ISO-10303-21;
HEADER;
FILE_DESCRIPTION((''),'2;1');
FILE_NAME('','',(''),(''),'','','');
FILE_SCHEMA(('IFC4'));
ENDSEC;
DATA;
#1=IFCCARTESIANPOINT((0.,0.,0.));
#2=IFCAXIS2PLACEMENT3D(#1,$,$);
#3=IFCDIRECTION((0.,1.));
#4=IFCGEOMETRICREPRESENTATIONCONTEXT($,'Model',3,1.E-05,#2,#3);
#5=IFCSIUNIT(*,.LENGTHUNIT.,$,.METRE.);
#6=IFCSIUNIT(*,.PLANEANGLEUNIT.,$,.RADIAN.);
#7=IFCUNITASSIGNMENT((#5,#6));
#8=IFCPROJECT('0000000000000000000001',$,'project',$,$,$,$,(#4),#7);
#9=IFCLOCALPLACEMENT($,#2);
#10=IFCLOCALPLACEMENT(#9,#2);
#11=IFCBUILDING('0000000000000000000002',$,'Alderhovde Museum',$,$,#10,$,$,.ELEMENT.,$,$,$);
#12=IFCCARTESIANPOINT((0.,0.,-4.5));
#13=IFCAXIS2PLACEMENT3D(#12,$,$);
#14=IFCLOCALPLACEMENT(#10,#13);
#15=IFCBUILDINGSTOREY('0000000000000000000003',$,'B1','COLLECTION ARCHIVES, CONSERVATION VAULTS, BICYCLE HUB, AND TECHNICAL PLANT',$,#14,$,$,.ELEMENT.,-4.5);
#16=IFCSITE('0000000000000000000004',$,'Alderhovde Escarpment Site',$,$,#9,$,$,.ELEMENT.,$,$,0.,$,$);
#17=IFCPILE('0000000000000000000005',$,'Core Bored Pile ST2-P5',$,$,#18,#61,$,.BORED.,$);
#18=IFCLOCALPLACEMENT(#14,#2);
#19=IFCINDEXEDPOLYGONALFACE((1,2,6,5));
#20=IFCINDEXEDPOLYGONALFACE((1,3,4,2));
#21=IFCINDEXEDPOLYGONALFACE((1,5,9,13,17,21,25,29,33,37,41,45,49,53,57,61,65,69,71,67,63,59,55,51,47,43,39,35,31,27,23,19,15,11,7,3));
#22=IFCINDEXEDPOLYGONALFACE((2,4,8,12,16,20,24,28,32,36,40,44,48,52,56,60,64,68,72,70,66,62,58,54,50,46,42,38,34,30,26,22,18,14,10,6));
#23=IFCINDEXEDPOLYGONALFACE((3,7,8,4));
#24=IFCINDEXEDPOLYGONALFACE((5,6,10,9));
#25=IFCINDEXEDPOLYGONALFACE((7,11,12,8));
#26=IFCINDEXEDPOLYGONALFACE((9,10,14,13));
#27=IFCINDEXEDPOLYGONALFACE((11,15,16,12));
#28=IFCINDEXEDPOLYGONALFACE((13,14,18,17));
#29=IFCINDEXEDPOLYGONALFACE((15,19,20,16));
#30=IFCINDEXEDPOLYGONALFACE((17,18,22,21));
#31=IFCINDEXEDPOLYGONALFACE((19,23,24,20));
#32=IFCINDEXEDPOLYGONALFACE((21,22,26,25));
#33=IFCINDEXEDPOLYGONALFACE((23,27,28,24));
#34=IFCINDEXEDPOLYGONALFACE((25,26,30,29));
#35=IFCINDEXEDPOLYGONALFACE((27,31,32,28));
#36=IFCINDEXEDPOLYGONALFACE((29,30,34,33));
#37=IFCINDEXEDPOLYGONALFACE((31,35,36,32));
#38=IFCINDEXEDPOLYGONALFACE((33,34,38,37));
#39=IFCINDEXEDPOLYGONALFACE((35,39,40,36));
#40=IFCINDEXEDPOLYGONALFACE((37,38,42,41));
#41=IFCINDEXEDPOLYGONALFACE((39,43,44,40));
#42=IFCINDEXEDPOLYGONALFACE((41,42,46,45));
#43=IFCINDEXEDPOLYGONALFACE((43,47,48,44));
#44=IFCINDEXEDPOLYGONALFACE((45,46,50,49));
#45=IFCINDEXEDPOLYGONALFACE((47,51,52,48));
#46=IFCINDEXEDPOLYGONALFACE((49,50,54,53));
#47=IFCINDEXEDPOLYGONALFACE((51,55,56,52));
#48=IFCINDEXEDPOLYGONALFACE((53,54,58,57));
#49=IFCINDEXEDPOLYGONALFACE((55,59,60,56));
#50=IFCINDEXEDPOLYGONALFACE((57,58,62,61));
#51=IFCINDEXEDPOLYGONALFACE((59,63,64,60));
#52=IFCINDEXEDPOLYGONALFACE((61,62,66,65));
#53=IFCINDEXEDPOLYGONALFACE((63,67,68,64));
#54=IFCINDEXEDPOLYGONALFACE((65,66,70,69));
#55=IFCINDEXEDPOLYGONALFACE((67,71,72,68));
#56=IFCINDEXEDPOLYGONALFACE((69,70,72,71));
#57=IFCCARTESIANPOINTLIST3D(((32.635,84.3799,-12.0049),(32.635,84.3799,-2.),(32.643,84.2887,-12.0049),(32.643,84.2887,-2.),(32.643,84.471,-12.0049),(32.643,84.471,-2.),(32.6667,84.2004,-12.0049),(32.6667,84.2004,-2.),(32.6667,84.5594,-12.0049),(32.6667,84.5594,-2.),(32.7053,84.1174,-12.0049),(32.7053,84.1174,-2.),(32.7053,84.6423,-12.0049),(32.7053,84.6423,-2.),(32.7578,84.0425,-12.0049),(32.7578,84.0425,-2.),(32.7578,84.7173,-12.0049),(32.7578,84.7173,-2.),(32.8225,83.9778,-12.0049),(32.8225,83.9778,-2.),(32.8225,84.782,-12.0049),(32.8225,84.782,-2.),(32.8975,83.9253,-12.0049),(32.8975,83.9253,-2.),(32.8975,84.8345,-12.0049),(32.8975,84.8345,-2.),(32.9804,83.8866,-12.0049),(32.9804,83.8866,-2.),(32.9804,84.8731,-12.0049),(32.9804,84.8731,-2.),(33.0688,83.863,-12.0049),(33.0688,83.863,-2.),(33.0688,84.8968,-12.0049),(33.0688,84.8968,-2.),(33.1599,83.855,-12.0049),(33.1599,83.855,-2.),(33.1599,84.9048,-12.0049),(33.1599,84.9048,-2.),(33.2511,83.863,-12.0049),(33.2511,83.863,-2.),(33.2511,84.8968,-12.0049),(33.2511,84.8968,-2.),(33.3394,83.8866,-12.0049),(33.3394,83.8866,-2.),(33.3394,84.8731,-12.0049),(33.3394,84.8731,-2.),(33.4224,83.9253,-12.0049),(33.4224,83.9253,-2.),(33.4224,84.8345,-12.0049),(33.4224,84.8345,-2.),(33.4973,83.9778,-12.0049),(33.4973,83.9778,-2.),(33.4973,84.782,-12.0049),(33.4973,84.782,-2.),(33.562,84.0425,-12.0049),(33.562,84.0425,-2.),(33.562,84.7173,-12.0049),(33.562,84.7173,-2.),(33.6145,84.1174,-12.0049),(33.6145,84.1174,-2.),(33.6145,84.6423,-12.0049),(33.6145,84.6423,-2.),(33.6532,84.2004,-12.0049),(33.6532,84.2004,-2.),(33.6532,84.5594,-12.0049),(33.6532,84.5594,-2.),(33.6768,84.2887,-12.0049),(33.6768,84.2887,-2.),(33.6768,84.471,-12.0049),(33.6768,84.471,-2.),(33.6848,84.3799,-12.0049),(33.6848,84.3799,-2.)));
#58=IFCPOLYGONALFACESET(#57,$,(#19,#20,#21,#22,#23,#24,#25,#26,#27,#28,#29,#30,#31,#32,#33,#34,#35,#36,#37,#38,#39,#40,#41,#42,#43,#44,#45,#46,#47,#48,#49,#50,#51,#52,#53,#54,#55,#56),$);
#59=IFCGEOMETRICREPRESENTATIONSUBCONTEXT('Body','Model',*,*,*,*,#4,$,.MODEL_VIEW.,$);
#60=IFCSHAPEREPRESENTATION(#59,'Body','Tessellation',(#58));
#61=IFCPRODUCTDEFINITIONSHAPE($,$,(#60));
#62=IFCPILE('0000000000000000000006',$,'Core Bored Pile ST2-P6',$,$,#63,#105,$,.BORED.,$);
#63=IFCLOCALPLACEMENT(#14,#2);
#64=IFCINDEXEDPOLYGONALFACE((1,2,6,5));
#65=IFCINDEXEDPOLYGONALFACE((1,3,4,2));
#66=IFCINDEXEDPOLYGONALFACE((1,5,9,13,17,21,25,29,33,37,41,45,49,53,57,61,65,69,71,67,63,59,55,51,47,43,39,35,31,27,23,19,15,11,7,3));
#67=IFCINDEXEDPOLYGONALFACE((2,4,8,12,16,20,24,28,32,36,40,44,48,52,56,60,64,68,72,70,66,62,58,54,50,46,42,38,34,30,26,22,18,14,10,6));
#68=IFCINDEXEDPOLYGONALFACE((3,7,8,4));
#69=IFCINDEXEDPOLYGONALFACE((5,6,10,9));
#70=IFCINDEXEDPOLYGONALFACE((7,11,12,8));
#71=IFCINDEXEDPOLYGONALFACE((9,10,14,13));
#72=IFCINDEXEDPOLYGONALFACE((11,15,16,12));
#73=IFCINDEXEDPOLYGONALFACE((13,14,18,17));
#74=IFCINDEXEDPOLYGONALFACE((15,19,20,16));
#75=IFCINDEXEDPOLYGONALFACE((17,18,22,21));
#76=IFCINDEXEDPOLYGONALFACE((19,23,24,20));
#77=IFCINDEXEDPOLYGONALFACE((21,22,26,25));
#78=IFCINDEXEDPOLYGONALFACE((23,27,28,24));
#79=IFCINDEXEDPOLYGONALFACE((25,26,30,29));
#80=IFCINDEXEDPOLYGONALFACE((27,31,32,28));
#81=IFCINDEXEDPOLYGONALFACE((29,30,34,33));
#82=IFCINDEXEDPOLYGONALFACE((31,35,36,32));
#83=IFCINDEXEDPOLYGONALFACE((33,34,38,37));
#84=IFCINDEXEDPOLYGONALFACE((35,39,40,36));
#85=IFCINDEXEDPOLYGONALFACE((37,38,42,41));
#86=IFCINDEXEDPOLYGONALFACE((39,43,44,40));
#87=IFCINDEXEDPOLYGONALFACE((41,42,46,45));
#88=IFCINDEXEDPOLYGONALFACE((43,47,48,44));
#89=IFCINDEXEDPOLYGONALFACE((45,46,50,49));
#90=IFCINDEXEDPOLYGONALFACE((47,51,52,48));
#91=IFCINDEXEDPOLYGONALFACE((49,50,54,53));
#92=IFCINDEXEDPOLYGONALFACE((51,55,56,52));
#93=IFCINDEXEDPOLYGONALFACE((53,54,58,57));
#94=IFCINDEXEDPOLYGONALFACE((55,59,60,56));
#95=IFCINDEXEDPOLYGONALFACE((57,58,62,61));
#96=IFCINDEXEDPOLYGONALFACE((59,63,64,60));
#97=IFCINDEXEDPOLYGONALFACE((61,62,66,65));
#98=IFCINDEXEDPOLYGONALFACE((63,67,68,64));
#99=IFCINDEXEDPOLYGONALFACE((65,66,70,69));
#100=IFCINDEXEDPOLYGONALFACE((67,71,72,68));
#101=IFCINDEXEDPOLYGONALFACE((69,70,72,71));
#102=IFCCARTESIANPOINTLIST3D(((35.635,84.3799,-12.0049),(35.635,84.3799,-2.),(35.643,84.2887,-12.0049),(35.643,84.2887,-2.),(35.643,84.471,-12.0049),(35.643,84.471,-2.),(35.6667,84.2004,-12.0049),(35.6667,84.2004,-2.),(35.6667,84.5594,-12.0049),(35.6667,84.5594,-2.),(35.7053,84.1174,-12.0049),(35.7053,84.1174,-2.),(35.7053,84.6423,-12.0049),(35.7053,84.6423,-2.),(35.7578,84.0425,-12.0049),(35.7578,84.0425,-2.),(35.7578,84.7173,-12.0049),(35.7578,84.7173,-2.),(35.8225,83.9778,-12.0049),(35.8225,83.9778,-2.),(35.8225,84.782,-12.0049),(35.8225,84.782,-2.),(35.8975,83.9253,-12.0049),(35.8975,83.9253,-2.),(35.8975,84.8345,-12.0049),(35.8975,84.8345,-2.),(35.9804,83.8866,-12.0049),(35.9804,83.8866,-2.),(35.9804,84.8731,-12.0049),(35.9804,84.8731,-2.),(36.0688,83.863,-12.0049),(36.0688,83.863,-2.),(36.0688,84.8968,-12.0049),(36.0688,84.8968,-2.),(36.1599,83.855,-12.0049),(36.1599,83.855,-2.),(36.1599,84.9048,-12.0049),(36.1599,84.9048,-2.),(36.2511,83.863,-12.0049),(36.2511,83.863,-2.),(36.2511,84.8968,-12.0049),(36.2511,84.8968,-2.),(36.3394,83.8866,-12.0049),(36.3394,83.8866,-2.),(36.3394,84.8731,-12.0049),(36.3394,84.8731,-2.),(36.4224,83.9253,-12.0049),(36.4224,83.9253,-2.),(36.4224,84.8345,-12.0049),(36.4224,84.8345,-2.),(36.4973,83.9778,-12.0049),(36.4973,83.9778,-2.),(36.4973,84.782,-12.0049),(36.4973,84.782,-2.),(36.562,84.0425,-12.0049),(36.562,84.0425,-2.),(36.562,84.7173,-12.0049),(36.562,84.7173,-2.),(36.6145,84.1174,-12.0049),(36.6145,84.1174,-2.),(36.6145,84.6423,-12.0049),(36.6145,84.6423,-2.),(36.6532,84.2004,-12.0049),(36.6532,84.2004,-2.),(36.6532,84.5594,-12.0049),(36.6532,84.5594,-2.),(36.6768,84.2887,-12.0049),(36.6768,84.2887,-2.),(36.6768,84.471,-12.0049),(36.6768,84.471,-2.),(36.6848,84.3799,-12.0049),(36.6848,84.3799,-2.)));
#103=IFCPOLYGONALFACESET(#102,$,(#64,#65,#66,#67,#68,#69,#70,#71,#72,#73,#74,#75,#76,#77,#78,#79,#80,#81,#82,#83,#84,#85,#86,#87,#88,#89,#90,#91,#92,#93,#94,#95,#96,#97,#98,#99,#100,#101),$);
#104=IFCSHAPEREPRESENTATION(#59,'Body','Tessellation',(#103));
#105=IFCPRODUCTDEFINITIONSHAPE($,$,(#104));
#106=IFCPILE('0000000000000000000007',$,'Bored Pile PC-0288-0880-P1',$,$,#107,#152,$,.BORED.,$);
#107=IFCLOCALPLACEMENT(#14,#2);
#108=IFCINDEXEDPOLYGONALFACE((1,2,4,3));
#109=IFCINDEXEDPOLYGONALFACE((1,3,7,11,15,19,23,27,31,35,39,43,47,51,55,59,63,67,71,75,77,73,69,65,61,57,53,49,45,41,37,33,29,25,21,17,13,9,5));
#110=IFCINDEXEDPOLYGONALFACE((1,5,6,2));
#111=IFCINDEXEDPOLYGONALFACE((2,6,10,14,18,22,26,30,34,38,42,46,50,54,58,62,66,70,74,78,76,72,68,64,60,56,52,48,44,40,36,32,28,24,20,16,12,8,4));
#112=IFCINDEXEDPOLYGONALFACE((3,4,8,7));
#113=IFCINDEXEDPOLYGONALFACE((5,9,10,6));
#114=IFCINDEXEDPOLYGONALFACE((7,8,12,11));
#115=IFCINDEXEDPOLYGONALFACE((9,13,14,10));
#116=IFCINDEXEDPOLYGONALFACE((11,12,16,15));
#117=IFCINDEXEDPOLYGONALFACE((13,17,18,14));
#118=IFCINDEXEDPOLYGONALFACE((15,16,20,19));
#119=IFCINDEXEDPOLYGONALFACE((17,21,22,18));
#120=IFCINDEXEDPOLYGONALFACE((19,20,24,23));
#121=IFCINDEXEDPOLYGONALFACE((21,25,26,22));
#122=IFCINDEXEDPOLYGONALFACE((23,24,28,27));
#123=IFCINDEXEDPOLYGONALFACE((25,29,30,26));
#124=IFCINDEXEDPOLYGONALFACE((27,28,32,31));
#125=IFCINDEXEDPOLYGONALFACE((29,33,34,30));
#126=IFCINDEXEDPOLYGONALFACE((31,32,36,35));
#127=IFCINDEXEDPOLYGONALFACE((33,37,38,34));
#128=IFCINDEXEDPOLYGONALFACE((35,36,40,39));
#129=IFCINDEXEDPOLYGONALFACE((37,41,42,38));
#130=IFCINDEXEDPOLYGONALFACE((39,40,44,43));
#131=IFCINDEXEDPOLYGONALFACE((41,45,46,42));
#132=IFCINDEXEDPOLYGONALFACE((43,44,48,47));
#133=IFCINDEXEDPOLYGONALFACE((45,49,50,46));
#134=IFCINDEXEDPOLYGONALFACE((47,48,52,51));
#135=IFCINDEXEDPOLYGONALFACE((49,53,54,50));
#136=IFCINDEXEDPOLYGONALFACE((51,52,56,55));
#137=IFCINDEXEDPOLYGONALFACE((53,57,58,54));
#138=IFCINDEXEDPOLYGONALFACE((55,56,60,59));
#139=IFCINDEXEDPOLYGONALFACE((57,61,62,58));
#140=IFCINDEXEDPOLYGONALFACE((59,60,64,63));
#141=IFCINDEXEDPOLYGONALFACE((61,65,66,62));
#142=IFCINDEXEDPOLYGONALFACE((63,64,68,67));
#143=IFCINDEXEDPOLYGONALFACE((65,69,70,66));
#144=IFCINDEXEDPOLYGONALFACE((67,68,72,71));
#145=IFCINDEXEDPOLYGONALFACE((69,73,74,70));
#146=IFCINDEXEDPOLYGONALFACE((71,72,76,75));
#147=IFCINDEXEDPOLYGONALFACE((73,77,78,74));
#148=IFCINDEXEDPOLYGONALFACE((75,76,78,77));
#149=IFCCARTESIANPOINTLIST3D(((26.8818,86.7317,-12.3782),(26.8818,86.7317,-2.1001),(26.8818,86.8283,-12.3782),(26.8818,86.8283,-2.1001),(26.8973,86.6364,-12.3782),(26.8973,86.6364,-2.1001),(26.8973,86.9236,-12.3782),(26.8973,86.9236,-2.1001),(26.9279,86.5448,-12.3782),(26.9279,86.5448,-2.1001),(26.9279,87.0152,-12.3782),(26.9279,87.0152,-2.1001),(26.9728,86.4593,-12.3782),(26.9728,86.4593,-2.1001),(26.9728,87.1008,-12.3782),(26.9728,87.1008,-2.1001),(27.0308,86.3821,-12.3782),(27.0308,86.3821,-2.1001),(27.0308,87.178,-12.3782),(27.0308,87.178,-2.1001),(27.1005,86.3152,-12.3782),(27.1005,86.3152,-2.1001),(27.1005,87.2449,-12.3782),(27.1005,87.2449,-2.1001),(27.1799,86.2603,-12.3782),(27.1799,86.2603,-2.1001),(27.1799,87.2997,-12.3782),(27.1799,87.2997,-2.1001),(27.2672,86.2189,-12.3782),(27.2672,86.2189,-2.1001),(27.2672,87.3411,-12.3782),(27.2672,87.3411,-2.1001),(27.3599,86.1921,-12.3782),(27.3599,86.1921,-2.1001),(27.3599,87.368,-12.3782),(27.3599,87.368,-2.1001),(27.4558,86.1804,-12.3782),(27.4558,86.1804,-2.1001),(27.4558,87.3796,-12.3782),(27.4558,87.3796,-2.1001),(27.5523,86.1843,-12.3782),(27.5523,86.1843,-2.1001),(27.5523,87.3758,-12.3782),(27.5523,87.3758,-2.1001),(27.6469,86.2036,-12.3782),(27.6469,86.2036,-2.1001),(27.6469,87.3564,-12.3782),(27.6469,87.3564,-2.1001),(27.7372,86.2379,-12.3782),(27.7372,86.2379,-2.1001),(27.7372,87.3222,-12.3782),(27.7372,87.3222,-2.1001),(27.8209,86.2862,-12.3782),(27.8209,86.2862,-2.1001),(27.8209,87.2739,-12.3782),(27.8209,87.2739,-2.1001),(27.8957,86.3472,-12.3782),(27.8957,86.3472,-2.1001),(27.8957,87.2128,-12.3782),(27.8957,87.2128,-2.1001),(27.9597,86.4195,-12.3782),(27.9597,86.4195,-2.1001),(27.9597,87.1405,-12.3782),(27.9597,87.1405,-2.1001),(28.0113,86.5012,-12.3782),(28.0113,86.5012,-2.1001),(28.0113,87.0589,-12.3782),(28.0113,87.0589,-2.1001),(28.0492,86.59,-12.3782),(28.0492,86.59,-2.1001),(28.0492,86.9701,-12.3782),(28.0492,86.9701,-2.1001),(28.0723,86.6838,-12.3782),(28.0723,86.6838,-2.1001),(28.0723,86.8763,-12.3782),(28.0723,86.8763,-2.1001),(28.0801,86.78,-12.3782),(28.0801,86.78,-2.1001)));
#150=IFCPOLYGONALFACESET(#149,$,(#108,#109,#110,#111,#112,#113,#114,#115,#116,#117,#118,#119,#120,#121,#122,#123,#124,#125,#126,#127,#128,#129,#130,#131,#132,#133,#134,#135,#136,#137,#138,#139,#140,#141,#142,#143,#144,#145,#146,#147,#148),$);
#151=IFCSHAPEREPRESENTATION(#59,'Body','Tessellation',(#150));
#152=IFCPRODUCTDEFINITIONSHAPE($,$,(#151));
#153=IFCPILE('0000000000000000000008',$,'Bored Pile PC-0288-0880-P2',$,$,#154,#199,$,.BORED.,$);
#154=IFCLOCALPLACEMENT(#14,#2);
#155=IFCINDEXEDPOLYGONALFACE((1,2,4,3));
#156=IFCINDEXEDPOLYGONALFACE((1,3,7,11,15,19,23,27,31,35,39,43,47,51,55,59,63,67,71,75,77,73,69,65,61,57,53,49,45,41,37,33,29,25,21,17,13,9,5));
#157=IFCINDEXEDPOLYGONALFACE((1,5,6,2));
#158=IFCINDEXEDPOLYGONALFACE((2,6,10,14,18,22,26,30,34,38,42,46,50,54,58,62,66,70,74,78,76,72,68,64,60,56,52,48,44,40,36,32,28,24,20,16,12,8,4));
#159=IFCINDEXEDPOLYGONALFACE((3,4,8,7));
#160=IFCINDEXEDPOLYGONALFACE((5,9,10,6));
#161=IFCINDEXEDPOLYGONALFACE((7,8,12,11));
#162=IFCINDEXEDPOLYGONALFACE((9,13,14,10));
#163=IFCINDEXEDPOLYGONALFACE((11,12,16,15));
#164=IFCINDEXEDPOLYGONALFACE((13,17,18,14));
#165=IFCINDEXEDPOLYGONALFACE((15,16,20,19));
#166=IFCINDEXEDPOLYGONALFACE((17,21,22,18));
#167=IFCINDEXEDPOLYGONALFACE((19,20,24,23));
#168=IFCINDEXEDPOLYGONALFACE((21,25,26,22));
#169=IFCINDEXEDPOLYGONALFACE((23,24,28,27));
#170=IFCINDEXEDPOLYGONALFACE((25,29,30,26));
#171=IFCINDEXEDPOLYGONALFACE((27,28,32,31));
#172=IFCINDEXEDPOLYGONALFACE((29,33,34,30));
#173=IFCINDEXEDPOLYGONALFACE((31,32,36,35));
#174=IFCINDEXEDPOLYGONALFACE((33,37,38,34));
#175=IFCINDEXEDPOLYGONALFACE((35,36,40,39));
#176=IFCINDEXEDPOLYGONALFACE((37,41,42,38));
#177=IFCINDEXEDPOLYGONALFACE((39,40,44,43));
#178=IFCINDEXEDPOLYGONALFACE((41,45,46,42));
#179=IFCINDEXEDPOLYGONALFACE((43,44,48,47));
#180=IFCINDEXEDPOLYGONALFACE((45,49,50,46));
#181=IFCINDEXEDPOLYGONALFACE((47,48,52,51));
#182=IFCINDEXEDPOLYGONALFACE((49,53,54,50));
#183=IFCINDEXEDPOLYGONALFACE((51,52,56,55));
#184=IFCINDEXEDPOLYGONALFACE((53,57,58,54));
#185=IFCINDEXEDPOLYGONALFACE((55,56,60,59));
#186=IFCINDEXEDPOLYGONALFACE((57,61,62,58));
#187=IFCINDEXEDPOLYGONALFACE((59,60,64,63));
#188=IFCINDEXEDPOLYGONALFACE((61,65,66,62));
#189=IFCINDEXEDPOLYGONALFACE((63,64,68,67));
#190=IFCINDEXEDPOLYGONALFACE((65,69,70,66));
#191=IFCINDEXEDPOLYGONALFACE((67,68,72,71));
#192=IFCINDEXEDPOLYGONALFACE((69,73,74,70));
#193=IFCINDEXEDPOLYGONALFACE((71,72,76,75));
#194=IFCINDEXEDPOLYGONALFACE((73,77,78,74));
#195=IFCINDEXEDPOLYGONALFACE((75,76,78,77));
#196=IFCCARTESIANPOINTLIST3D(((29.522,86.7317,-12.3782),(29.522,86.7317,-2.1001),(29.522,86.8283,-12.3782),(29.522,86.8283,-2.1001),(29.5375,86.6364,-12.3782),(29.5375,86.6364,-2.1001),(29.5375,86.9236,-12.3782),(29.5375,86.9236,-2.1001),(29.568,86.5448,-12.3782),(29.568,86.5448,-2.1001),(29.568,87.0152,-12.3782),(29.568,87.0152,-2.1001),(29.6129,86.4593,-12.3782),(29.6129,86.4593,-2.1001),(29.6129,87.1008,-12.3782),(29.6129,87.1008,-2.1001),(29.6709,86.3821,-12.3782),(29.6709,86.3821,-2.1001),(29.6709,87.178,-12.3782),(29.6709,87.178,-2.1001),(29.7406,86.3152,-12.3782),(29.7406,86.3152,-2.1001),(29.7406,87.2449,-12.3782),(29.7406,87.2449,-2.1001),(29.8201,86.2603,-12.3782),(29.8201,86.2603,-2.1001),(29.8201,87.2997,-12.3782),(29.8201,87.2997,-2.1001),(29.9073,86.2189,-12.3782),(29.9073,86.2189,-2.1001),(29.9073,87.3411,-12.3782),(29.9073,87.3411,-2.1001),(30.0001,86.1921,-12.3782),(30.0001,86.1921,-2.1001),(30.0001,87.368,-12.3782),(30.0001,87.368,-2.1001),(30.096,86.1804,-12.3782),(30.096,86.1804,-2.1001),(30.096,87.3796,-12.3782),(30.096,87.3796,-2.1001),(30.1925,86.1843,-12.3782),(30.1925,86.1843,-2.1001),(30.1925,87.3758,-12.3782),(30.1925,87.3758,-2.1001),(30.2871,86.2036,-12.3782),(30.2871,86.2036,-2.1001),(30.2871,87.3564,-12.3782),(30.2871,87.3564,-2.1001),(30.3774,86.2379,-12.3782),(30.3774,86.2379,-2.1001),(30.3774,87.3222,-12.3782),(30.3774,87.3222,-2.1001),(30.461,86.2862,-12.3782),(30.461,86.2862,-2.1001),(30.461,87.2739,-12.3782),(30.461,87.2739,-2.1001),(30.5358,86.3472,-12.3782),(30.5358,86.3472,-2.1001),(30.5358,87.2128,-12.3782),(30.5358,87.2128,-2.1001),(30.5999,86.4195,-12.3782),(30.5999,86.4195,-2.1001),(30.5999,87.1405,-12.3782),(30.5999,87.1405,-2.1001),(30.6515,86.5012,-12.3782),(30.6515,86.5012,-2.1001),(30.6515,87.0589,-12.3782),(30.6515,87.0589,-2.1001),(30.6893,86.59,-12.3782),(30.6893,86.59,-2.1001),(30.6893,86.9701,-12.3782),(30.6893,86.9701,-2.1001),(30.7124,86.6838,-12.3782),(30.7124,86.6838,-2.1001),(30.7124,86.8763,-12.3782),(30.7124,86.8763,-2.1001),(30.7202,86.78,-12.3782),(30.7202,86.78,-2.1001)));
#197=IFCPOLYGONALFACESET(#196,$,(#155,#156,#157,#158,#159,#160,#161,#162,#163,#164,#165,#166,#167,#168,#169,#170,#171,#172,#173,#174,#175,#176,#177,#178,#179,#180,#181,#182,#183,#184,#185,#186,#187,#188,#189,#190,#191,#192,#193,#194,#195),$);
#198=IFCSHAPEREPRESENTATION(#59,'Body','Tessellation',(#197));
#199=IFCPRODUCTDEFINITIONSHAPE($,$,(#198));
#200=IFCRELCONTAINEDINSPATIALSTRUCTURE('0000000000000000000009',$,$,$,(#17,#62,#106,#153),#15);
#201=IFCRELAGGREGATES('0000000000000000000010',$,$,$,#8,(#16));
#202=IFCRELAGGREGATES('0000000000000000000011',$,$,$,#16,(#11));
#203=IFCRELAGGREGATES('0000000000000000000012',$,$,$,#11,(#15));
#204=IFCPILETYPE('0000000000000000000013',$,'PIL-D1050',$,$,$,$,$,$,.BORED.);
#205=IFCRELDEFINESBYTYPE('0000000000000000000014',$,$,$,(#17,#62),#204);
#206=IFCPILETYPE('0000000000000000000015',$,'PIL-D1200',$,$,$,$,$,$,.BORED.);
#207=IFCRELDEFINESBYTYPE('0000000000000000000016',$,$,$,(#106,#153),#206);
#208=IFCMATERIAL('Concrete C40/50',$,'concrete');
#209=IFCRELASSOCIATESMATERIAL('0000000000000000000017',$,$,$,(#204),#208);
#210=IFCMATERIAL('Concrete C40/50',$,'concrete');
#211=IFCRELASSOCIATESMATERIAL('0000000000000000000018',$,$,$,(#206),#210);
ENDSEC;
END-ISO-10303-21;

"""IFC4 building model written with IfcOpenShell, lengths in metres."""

from ifc_helpers import new_model, si_unit, direction, frame, origin, origin_2d, place, context, subcontext, project, spatial, circle, extrude, material, material_profile, profile_set, type_object, element, save


model = new_model("IFC4")

# Units and contexts
model_context = context("Model", 3, precision=1e-05, world=origin(), true_north=direction((0.0, 1.0)))
body_context = subcontext(model_context, "Body", "Model", "MODEL_VIEW")
ifc_project = project(units=[si_unit("LENGTHUNIT", "METRE"), si_unit("PLANEANGLEUNIT", "RADIAN")], contexts=[model_context])

# Site, building, storey
site_placement = place(None, origin())
site = spatial("IfcSite", under=ifc_project, at=site_placement, Name="Alderhovde Escarpment Site", CompositionType="ELEMENT", RefElevation=0.0)
building_placement = place(site_placement, origin())
building = spatial("IfcBuilding", under=site, at=building_placement, Name="Alderhovde Museum", CompositionType="ELEMENT")
storey_placement = place(building_placement, frame((0.0, 0.0, -4.5)))
storey = spatial("IfcBuildingStorey", under=building, at=storey_placement, Name="B1", Description="COLLECTION ARCHIVES, CONSERVATION VAULTS, BICYCLE HUB, AND TECHNICAL PLANT", CompositionType="ELEMENT", Elevation=-4.5)

# Piles
ifc_material_1 = material(Name="Concrete C40/50", Category="concrete")
ifc_material_profile_1 = material_profile(ifc_material_1, circle(Radius=0.5249, at=origin_2d()), Name="PILE-D1050")
ifc_profile_set_1 = profile_set([ifc_material_profile_1], Name="Concrete C40/50")
pile_type_1 = type_object("IfcPileType", Name="PIL-D1050", PredefinedType="BORED", material=ifc_profile_set_1)
for number, where, z_axis, x_axis, name in (
    (1, (33.1599, 84.3799, -2.0), (0.0, 0.0, -1.0), (1.0, 0.0, 0.0), "Core Bored Pile ST2-P5"),
    (2, (36.1599, 84.3799, -2.0), (0.0, 0.0, -1.0), (1.0, 0.0, 0.0), "Core Bored Pile ST2-P6"),
):
    element("IfcPile", number, at=place(storey_placement, frame(where, z_axis=z_axis, x_axis=x_axis)), inside=storey, type_object=pile_type_1, Name=name, PredefinedType="BORED", context=body_context, shape_type="SweptSolid", body=[
        extrude(circle(Radius=0.5249, at=origin_2d()), origin(), (0.0, 0.0, 1.0), 10.0049),
    ])
ifc_material_2 = material(Name="Concrete C40/50", Category="concrete")
ifc_material_profile_2 = material_profile(ifc_material_2, circle(Radius=0.6001, at=origin_2d()), Name="PILE-D1200")
ifc_profile_set_2 = profile_set([ifc_material_profile_2], Name="Concrete C40/50")
pile_type_2 = type_object("IfcPileType", Name="PIL-D1200", PredefinedType="BORED", material=ifc_profile_set_2)
for number, where, z_axis, x_axis, name in (
    (3, (27.48, 86.78, -2.1001), (0.0, 0.0, -1.0), (1.0, 0.0, 0.0), "Bored Pile PC-0288-0880-P1"),
    (4, (30.1201, 86.78, -2.1001), (0.0, 0.0, -1.0), (1.0, 0.0, 0.0), "Bored Pile PC-0288-0880-P2"),
):
    element("IfcPile", number, at=place(storey_placement, frame(where, z_axis=z_axis, x_axis=x_axis)), inside=storey, type_object=pile_type_2, Name=name, PredefinedType="BORED", context=body_context, shape_type="SweptSolid", body=[
        extrude(circle(Radius=0.6001, at=origin_2d()), origin(), (0.0, 0.0, 1.0), 10.2781),
    ])

save(model, "model.ifc")
